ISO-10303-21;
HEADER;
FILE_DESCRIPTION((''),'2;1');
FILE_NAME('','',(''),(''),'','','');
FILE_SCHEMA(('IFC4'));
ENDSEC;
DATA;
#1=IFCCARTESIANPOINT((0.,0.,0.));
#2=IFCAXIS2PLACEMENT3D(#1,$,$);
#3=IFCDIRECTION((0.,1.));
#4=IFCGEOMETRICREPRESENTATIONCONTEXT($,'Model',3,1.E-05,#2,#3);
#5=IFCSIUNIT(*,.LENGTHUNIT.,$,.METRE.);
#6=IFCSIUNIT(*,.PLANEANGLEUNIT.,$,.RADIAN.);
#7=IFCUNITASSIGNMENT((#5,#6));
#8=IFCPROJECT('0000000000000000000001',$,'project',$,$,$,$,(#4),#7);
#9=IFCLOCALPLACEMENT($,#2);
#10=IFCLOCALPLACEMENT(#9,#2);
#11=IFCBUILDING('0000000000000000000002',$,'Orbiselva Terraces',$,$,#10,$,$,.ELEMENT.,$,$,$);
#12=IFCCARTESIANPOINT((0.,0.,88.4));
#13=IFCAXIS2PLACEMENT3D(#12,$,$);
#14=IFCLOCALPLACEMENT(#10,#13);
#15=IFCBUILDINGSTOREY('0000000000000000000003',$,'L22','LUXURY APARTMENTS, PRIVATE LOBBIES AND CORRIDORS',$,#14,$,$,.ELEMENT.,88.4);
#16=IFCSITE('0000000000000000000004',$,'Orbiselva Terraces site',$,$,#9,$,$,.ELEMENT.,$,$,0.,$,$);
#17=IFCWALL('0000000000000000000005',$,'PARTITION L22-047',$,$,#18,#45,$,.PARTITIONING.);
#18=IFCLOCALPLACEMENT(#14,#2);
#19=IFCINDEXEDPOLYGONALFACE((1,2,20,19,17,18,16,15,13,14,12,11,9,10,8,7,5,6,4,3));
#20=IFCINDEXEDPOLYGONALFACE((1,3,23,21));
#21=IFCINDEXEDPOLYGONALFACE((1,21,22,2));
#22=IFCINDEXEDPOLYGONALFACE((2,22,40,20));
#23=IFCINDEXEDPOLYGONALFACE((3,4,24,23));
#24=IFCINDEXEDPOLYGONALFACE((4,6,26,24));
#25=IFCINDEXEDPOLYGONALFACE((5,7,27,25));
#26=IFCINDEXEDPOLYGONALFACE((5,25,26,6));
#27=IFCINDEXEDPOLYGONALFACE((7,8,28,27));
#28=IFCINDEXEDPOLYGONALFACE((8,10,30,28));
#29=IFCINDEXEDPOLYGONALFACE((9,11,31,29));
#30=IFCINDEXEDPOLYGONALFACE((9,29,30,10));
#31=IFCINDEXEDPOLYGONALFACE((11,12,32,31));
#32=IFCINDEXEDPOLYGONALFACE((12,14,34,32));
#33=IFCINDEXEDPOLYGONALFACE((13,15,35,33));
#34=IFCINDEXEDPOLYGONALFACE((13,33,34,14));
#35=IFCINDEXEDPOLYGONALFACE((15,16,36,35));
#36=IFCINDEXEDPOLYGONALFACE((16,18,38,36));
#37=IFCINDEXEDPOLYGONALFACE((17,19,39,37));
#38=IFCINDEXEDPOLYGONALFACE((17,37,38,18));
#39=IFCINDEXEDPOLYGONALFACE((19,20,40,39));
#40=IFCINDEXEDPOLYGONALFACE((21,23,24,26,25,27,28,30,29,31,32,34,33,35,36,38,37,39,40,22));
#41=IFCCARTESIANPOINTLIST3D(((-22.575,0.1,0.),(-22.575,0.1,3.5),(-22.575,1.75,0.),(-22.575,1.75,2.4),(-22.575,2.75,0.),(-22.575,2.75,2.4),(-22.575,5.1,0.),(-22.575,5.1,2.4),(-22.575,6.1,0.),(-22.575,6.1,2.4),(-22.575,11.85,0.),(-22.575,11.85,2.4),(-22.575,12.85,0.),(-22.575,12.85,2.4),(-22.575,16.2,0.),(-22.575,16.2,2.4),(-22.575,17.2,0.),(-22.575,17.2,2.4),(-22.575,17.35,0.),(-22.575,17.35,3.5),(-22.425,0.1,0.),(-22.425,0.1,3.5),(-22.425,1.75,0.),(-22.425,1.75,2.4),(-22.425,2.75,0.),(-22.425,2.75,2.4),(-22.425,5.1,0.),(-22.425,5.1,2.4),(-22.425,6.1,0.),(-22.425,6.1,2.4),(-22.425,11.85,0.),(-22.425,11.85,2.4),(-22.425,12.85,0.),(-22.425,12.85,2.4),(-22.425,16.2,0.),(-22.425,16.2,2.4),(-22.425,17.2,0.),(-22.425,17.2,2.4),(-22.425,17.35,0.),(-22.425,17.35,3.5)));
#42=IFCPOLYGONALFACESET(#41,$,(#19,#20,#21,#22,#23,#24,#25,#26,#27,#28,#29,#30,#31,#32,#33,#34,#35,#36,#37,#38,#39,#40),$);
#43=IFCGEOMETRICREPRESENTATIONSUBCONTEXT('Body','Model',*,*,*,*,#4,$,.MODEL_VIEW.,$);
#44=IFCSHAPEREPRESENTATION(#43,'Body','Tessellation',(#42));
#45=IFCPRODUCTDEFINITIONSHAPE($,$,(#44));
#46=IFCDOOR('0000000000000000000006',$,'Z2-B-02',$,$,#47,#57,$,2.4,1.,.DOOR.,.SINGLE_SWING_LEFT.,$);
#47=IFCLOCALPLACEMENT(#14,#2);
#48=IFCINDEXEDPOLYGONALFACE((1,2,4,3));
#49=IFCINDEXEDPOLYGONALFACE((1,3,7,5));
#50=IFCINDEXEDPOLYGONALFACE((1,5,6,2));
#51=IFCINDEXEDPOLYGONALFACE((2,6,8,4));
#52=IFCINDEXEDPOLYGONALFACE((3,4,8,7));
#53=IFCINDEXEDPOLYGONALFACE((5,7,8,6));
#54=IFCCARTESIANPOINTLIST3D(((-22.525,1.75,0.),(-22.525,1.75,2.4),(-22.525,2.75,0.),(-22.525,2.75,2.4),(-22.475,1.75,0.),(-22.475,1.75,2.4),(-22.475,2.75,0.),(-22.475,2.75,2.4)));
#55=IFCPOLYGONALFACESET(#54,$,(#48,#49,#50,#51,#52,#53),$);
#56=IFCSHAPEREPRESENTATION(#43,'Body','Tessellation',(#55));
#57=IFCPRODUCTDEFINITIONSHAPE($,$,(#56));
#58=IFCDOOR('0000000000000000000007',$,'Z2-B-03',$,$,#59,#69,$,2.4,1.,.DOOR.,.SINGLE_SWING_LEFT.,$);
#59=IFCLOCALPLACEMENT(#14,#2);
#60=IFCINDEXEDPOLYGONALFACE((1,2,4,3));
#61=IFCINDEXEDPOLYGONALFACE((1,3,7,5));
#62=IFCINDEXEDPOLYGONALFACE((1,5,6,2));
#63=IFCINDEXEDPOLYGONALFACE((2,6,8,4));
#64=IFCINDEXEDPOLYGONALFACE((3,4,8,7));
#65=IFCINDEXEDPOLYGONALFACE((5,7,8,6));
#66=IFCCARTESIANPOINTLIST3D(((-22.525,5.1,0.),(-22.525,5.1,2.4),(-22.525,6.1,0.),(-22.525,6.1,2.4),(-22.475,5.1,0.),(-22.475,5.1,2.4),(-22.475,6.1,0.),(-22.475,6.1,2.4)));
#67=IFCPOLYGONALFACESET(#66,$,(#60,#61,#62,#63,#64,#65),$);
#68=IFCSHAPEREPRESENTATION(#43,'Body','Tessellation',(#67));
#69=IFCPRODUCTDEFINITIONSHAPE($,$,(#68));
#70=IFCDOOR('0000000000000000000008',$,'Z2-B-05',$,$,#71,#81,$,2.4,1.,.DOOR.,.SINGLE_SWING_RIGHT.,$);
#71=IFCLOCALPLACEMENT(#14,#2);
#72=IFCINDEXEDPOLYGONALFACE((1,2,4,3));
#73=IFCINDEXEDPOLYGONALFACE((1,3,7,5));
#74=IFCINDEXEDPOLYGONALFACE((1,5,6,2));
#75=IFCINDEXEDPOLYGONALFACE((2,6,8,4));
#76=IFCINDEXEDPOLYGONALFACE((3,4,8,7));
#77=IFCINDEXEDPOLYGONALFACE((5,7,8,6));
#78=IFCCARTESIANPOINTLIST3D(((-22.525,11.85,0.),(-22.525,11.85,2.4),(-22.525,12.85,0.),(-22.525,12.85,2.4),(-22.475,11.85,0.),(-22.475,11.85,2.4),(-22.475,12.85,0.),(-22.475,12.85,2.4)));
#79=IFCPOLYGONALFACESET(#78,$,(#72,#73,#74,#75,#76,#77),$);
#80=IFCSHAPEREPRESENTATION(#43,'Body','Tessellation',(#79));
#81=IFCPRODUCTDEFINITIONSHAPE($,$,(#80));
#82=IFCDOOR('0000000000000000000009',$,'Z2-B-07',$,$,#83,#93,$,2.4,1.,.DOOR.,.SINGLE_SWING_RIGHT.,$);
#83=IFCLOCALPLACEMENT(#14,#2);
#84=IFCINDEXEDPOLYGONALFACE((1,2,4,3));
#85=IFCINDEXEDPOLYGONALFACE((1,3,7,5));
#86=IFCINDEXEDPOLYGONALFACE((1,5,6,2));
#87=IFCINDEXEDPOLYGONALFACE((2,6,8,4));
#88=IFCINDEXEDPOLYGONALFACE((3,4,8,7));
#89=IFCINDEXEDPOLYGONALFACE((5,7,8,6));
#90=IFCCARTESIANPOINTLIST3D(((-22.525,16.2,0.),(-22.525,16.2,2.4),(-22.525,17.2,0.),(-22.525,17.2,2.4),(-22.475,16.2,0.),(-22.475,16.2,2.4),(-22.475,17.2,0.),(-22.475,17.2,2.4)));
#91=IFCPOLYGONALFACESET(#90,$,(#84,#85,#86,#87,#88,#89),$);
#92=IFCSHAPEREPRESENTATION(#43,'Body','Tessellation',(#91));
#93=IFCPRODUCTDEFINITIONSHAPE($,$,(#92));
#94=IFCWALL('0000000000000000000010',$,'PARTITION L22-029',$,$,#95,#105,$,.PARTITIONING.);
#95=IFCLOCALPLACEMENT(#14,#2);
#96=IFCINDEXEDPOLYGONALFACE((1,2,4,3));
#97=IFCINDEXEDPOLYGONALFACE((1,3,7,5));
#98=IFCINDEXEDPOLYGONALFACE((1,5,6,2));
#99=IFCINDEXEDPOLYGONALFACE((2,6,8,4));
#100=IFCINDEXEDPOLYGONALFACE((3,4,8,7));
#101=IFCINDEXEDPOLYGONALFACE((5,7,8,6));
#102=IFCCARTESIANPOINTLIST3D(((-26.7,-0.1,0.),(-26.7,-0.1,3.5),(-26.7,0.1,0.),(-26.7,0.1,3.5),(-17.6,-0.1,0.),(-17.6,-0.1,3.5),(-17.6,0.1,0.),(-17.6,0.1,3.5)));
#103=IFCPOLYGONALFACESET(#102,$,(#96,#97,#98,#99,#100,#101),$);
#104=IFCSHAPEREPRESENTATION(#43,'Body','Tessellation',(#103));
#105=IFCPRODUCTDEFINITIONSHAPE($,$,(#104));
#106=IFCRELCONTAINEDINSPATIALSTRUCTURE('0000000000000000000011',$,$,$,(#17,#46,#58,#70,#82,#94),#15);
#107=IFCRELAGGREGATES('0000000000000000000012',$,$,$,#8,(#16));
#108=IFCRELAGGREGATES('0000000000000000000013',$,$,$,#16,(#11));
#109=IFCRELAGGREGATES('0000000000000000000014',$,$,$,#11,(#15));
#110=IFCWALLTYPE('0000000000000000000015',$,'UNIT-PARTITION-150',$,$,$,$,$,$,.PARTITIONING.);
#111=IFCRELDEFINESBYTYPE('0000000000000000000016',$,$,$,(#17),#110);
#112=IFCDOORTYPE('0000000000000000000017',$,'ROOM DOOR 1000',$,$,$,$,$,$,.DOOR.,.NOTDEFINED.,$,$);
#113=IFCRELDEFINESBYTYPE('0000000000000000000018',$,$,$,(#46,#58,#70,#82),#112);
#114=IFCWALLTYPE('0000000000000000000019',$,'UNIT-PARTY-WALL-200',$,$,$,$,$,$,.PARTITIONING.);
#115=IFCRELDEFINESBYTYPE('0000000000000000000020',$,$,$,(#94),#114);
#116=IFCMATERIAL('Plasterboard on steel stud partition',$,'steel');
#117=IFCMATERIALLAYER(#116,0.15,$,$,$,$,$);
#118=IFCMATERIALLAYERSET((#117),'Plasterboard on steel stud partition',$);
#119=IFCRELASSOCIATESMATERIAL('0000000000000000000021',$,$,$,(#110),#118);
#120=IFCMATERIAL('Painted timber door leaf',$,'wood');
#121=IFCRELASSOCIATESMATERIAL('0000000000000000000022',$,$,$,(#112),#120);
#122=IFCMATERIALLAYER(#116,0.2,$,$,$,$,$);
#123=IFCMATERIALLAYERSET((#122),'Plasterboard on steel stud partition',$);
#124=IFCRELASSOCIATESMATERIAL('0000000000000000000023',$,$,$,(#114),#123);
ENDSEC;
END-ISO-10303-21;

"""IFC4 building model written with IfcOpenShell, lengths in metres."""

from ifc_helpers import new_model, si_unit, direction, frame, frame_2d, origin, place, context, subcontext, project, spatial, rectangle, extrude, material, layer, layer_set, type_object, element, fill, save


model = new_model("IFC4")

# Units and contexts
model_context = context("Model", 3, precision=1e-05, world=origin(), true_north=direction((0.0, 1.0)))
body_context = subcontext(model_context, "Body", "Model", "MODEL_VIEW")
ifc_project = project(units=[si_unit("LENGTHUNIT", "METRE"), si_unit("PLANEANGLEUNIT", "RADIAN")], contexts=[model_context])

# Site, building, storey
site_placement = place(None, origin())
site = spatial("IfcSite", under=ifc_project, at=site_placement, Name="Orbiselva Terraces site", CompositionType="ELEMENT", RefElevation=0.0)
building_placement = place(site_placement, origin())
building = spatial("IfcBuilding", under=site, at=building_placement, Name="Orbiselva Terraces", CompositionType="ELEMENT")
storey_placement = place(building_placement, frame((0.0, 0.0, 88.4)))
storey = spatial("IfcBuildingStorey", under=building, at=storey_placement, Name="L22", Description="LUXURY APARTMENTS, PRIVATE LOBBIES AND CORRIDORS", CompositionType="ELEMENT", Elevation=88.4)

# Shared definitions
ifc_material_1 = material(Name="Plasterboard on steel stud partition", Category="steel")
ifc_layer_1 = layer(ifc_material_1, 0.15)
ifc_layer_set_1 = layer_set([ifc_layer_1], Name="Plasterboard on steel stud partition")
wall_type_1 = type_object("IfcWallType", Name="UNIT-PARTITION-150", PredefinedType="PARTITIONING", material=ifc_layer_set_1)

# Wall, openings, doors
wall_1_placement = place(storey_placement, frame((-22.5, 0.1, 0.0), z_axis=(0.0, 0.0, 1.0), x_axis=(0.0, 1.0, 0.0)))
wall_1 = element("IfcWall", 1, at=wall_1_placement, inside=storey, type_object=wall_type_1, Name="PARTITION L22-047", PredefinedType="PARTITIONING", context=body_context, shape_type="SweptSolid", body=[
    extrude(rectangle(XDim=17.25, YDim=0.15, at=frame_2d((8.625, 0.0))), origin(), (0.0, 0.0, 1.0), 3.5),
])
opening_1_placement = place(wall_1_placement, frame((1.65, 0.0, 0.0)))
opening_1 = element("IfcOpeningElement", 2, at=opening_1_placement, cuts=wall_1, PredefinedType="OPENING", context=body_context, shape_type="SweptSolid", body=[
    extrude(rectangle(XDim=1.0, YDim=2.4, at=frame_2d((0.5, 1.2))), frame((0.0, 0.085, 0.0), z_axis=(0.0, -1.0, 0.0), x_axis=(1.0, 0.0, 0.0)), (0.0, 0.0, 1.0), 0.17),
])
opening_2_placement = place(wall_1_placement, frame((5.0, 0.0, 0.0)))
opening_2 = element("IfcOpeningElement", 3, at=opening_2_placement, cuts=wall_1, PredefinedType="OPENING", context=body_context, shape_type="SweptSolid", body=[
    extrude(rectangle(XDim=1.0, YDim=2.4, at=frame_2d((0.5, 1.2))), frame((0.0, 0.085, 0.0), z_axis=(0.0, -1.0, 0.0), x_axis=(1.0, 0.0, 0.0)), (0.0, 0.0, 1.0), 0.17),
])
opening_3_placement = place(wall_1_placement, frame((11.75, 0.0, 0.0)))
opening_3 = element("IfcOpeningElement", 4, at=opening_3_placement, cuts=wall_1, PredefinedType="OPENING", context=body_context, shape_type="SweptSolid", body=[
    extrude(rectangle(XDim=1.0, YDim=2.4, at=frame_2d((0.5, 1.2))), frame((0.0, 0.085, 0.0), z_axis=(0.0, -1.0, 0.0), x_axis=(1.0, 0.0, 0.0)), (0.0, 0.0, 1.0), 0.17),
])
opening_4_placement = place(wall_1_placement, frame((16.1, 0.0, 0.0)))
opening_4 = element("IfcOpeningElement", 5, at=opening_4_placement, cuts=wall_1, PredefinedType="OPENING", context=body_context, shape_type="SweptSolid", body=[
    extrude(rectangle(XDim=1.0, YDim=2.4, at=frame_2d((0.5, 1.2))), frame((0.0, 0.085, 0.0), z_axis=(0.0, -1.0, 0.0), x_axis=(1.0, 0.0, 0.0)), (0.0, 0.0, 1.0), 0.17),
])
ifc_material_2 = material(Name="Painted timber door leaf", Category="wood")
door_type_1 = type_object("IfcDoorType", Name="ROOM DOOR 1000", OperationType="NOTDEFINED", PredefinedType="DOOR", material=ifc_material_2)
door_1_placement = place(opening_1_placement, origin())
door_1 = element("IfcDoor", 6, at=door_1_placement, inside=storey, type_object=door_type_1, Name="Z2-B-02", OperationType="SINGLE_SWING_LEFT", OverallHeight=2.4, OverallWidth=1.0, PredefinedType="DOOR", context=body_context, shape_type="SweptSolid", body=[
    extrude(rectangle(XDim=1.0, YDim=2.4, at=frame_2d((0.5, 1.2))), frame((0.0, 0.025, 0.0), z_axis=(0.0, -1.0, 0.0), x_axis=(1.0, 0.0, 0.0)), (0.0, 0.0, 1.0), 0.05),
])
fill(opening_1, door_1)
door_2_placement = place(opening_2_placement, origin())
door_2 = element("IfcDoor", 7, at=door_2_placement, inside=storey, type_object=door_type_1, Name="Z2-B-03", OperationType="SINGLE_SWING_LEFT", OverallHeight=2.4, OverallWidth=1.0, PredefinedType="DOOR", context=body_context, shape_type="SweptSolid", body=[
    extrude(rectangle(XDim=1.0, YDim=2.4, at=frame_2d((0.5, 1.2))), frame((0.0, 0.025, 0.0), z_axis=(0.0, -1.0, 0.0), x_axis=(1.0, 0.0, 0.0)), (0.0, 0.0, 1.0), 0.05),
])
fill(opening_2, door_2)
door_3_placement = place(opening_3_placement, origin())
door_3 = element("IfcDoor", 8, at=door_3_placement, inside=storey, type_object=door_type_1, Name="Z2-B-05", OperationType="SINGLE_SWING_RIGHT", OverallHeight=2.4, OverallWidth=1.0, PredefinedType="DOOR", context=body_context, shape_type="SweptSolid", body=[
    extrude(rectangle(XDim=1.0, YDim=2.4, at=frame_2d((0.5, 1.2))), frame((0.0, 0.025, 0.0), z_axis=(0.0, -1.0, 0.0), x_axis=(1.0, 0.0, 0.0)), (0.0, 0.0, 1.0), 0.05),
])
fill(opening_3, door_3)
door_4_placement = place(opening_4_placement, origin())
door_4 = element("IfcDoor", 9, at=door_4_placement, inside=storey, type_object=door_type_1, Name="Z2-B-07", OperationType="SINGLE_SWING_RIGHT", OverallHeight=2.4, OverallWidth=1.0, PredefinedType="DOOR", context=body_context, shape_type="SweptSolid", body=[
    extrude(rectangle(XDim=1.0, YDim=2.4, at=frame_2d((0.5, 1.2))), frame((0.0, 0.025, 0.0), z_axis=(0.0, -1.0, 0.0), x_axis=(1.0, 0.0, 0.0)), (0.0, 0.0, 1.0), 0.05),
])
fill(opening_4, door_4)

# Wall
ifc_layer_2 = layer(ifc_material_1, 0.2)
ifc_layer_set_2 = layer_set([ifc_layer_2], Name="Plasterboard on steel stud partition")
wall_type_2 = type_object("IfcWallType", Name="UNIT-PARTY-WALL-200", PredefinedType="PARTITIONING", material=ifc_layer_set_2)
wall_2_placement = place(storey_placement, frame((-26.7, 0.0, 0.0), z_axis=(0.0, 0.0, 1.0), x_axis=(1.0, 0.0, 0.0)))
element("IfcWall", 10, at=wall_2_placement, inside=storey, type_object=wall_type_2, Name="PARTITION L22-029", PredefinedType="PARTITIONING", context=body_context, shape_type="SweptSolid", body=[
    extrude(rectangle(XDim=9.1, YDim=0.2, at=frame_2d((4.55, 0.0))), origin(), (0.0, 0.0, 1.0), 3.5),
])

save(model, "model.ifc")
